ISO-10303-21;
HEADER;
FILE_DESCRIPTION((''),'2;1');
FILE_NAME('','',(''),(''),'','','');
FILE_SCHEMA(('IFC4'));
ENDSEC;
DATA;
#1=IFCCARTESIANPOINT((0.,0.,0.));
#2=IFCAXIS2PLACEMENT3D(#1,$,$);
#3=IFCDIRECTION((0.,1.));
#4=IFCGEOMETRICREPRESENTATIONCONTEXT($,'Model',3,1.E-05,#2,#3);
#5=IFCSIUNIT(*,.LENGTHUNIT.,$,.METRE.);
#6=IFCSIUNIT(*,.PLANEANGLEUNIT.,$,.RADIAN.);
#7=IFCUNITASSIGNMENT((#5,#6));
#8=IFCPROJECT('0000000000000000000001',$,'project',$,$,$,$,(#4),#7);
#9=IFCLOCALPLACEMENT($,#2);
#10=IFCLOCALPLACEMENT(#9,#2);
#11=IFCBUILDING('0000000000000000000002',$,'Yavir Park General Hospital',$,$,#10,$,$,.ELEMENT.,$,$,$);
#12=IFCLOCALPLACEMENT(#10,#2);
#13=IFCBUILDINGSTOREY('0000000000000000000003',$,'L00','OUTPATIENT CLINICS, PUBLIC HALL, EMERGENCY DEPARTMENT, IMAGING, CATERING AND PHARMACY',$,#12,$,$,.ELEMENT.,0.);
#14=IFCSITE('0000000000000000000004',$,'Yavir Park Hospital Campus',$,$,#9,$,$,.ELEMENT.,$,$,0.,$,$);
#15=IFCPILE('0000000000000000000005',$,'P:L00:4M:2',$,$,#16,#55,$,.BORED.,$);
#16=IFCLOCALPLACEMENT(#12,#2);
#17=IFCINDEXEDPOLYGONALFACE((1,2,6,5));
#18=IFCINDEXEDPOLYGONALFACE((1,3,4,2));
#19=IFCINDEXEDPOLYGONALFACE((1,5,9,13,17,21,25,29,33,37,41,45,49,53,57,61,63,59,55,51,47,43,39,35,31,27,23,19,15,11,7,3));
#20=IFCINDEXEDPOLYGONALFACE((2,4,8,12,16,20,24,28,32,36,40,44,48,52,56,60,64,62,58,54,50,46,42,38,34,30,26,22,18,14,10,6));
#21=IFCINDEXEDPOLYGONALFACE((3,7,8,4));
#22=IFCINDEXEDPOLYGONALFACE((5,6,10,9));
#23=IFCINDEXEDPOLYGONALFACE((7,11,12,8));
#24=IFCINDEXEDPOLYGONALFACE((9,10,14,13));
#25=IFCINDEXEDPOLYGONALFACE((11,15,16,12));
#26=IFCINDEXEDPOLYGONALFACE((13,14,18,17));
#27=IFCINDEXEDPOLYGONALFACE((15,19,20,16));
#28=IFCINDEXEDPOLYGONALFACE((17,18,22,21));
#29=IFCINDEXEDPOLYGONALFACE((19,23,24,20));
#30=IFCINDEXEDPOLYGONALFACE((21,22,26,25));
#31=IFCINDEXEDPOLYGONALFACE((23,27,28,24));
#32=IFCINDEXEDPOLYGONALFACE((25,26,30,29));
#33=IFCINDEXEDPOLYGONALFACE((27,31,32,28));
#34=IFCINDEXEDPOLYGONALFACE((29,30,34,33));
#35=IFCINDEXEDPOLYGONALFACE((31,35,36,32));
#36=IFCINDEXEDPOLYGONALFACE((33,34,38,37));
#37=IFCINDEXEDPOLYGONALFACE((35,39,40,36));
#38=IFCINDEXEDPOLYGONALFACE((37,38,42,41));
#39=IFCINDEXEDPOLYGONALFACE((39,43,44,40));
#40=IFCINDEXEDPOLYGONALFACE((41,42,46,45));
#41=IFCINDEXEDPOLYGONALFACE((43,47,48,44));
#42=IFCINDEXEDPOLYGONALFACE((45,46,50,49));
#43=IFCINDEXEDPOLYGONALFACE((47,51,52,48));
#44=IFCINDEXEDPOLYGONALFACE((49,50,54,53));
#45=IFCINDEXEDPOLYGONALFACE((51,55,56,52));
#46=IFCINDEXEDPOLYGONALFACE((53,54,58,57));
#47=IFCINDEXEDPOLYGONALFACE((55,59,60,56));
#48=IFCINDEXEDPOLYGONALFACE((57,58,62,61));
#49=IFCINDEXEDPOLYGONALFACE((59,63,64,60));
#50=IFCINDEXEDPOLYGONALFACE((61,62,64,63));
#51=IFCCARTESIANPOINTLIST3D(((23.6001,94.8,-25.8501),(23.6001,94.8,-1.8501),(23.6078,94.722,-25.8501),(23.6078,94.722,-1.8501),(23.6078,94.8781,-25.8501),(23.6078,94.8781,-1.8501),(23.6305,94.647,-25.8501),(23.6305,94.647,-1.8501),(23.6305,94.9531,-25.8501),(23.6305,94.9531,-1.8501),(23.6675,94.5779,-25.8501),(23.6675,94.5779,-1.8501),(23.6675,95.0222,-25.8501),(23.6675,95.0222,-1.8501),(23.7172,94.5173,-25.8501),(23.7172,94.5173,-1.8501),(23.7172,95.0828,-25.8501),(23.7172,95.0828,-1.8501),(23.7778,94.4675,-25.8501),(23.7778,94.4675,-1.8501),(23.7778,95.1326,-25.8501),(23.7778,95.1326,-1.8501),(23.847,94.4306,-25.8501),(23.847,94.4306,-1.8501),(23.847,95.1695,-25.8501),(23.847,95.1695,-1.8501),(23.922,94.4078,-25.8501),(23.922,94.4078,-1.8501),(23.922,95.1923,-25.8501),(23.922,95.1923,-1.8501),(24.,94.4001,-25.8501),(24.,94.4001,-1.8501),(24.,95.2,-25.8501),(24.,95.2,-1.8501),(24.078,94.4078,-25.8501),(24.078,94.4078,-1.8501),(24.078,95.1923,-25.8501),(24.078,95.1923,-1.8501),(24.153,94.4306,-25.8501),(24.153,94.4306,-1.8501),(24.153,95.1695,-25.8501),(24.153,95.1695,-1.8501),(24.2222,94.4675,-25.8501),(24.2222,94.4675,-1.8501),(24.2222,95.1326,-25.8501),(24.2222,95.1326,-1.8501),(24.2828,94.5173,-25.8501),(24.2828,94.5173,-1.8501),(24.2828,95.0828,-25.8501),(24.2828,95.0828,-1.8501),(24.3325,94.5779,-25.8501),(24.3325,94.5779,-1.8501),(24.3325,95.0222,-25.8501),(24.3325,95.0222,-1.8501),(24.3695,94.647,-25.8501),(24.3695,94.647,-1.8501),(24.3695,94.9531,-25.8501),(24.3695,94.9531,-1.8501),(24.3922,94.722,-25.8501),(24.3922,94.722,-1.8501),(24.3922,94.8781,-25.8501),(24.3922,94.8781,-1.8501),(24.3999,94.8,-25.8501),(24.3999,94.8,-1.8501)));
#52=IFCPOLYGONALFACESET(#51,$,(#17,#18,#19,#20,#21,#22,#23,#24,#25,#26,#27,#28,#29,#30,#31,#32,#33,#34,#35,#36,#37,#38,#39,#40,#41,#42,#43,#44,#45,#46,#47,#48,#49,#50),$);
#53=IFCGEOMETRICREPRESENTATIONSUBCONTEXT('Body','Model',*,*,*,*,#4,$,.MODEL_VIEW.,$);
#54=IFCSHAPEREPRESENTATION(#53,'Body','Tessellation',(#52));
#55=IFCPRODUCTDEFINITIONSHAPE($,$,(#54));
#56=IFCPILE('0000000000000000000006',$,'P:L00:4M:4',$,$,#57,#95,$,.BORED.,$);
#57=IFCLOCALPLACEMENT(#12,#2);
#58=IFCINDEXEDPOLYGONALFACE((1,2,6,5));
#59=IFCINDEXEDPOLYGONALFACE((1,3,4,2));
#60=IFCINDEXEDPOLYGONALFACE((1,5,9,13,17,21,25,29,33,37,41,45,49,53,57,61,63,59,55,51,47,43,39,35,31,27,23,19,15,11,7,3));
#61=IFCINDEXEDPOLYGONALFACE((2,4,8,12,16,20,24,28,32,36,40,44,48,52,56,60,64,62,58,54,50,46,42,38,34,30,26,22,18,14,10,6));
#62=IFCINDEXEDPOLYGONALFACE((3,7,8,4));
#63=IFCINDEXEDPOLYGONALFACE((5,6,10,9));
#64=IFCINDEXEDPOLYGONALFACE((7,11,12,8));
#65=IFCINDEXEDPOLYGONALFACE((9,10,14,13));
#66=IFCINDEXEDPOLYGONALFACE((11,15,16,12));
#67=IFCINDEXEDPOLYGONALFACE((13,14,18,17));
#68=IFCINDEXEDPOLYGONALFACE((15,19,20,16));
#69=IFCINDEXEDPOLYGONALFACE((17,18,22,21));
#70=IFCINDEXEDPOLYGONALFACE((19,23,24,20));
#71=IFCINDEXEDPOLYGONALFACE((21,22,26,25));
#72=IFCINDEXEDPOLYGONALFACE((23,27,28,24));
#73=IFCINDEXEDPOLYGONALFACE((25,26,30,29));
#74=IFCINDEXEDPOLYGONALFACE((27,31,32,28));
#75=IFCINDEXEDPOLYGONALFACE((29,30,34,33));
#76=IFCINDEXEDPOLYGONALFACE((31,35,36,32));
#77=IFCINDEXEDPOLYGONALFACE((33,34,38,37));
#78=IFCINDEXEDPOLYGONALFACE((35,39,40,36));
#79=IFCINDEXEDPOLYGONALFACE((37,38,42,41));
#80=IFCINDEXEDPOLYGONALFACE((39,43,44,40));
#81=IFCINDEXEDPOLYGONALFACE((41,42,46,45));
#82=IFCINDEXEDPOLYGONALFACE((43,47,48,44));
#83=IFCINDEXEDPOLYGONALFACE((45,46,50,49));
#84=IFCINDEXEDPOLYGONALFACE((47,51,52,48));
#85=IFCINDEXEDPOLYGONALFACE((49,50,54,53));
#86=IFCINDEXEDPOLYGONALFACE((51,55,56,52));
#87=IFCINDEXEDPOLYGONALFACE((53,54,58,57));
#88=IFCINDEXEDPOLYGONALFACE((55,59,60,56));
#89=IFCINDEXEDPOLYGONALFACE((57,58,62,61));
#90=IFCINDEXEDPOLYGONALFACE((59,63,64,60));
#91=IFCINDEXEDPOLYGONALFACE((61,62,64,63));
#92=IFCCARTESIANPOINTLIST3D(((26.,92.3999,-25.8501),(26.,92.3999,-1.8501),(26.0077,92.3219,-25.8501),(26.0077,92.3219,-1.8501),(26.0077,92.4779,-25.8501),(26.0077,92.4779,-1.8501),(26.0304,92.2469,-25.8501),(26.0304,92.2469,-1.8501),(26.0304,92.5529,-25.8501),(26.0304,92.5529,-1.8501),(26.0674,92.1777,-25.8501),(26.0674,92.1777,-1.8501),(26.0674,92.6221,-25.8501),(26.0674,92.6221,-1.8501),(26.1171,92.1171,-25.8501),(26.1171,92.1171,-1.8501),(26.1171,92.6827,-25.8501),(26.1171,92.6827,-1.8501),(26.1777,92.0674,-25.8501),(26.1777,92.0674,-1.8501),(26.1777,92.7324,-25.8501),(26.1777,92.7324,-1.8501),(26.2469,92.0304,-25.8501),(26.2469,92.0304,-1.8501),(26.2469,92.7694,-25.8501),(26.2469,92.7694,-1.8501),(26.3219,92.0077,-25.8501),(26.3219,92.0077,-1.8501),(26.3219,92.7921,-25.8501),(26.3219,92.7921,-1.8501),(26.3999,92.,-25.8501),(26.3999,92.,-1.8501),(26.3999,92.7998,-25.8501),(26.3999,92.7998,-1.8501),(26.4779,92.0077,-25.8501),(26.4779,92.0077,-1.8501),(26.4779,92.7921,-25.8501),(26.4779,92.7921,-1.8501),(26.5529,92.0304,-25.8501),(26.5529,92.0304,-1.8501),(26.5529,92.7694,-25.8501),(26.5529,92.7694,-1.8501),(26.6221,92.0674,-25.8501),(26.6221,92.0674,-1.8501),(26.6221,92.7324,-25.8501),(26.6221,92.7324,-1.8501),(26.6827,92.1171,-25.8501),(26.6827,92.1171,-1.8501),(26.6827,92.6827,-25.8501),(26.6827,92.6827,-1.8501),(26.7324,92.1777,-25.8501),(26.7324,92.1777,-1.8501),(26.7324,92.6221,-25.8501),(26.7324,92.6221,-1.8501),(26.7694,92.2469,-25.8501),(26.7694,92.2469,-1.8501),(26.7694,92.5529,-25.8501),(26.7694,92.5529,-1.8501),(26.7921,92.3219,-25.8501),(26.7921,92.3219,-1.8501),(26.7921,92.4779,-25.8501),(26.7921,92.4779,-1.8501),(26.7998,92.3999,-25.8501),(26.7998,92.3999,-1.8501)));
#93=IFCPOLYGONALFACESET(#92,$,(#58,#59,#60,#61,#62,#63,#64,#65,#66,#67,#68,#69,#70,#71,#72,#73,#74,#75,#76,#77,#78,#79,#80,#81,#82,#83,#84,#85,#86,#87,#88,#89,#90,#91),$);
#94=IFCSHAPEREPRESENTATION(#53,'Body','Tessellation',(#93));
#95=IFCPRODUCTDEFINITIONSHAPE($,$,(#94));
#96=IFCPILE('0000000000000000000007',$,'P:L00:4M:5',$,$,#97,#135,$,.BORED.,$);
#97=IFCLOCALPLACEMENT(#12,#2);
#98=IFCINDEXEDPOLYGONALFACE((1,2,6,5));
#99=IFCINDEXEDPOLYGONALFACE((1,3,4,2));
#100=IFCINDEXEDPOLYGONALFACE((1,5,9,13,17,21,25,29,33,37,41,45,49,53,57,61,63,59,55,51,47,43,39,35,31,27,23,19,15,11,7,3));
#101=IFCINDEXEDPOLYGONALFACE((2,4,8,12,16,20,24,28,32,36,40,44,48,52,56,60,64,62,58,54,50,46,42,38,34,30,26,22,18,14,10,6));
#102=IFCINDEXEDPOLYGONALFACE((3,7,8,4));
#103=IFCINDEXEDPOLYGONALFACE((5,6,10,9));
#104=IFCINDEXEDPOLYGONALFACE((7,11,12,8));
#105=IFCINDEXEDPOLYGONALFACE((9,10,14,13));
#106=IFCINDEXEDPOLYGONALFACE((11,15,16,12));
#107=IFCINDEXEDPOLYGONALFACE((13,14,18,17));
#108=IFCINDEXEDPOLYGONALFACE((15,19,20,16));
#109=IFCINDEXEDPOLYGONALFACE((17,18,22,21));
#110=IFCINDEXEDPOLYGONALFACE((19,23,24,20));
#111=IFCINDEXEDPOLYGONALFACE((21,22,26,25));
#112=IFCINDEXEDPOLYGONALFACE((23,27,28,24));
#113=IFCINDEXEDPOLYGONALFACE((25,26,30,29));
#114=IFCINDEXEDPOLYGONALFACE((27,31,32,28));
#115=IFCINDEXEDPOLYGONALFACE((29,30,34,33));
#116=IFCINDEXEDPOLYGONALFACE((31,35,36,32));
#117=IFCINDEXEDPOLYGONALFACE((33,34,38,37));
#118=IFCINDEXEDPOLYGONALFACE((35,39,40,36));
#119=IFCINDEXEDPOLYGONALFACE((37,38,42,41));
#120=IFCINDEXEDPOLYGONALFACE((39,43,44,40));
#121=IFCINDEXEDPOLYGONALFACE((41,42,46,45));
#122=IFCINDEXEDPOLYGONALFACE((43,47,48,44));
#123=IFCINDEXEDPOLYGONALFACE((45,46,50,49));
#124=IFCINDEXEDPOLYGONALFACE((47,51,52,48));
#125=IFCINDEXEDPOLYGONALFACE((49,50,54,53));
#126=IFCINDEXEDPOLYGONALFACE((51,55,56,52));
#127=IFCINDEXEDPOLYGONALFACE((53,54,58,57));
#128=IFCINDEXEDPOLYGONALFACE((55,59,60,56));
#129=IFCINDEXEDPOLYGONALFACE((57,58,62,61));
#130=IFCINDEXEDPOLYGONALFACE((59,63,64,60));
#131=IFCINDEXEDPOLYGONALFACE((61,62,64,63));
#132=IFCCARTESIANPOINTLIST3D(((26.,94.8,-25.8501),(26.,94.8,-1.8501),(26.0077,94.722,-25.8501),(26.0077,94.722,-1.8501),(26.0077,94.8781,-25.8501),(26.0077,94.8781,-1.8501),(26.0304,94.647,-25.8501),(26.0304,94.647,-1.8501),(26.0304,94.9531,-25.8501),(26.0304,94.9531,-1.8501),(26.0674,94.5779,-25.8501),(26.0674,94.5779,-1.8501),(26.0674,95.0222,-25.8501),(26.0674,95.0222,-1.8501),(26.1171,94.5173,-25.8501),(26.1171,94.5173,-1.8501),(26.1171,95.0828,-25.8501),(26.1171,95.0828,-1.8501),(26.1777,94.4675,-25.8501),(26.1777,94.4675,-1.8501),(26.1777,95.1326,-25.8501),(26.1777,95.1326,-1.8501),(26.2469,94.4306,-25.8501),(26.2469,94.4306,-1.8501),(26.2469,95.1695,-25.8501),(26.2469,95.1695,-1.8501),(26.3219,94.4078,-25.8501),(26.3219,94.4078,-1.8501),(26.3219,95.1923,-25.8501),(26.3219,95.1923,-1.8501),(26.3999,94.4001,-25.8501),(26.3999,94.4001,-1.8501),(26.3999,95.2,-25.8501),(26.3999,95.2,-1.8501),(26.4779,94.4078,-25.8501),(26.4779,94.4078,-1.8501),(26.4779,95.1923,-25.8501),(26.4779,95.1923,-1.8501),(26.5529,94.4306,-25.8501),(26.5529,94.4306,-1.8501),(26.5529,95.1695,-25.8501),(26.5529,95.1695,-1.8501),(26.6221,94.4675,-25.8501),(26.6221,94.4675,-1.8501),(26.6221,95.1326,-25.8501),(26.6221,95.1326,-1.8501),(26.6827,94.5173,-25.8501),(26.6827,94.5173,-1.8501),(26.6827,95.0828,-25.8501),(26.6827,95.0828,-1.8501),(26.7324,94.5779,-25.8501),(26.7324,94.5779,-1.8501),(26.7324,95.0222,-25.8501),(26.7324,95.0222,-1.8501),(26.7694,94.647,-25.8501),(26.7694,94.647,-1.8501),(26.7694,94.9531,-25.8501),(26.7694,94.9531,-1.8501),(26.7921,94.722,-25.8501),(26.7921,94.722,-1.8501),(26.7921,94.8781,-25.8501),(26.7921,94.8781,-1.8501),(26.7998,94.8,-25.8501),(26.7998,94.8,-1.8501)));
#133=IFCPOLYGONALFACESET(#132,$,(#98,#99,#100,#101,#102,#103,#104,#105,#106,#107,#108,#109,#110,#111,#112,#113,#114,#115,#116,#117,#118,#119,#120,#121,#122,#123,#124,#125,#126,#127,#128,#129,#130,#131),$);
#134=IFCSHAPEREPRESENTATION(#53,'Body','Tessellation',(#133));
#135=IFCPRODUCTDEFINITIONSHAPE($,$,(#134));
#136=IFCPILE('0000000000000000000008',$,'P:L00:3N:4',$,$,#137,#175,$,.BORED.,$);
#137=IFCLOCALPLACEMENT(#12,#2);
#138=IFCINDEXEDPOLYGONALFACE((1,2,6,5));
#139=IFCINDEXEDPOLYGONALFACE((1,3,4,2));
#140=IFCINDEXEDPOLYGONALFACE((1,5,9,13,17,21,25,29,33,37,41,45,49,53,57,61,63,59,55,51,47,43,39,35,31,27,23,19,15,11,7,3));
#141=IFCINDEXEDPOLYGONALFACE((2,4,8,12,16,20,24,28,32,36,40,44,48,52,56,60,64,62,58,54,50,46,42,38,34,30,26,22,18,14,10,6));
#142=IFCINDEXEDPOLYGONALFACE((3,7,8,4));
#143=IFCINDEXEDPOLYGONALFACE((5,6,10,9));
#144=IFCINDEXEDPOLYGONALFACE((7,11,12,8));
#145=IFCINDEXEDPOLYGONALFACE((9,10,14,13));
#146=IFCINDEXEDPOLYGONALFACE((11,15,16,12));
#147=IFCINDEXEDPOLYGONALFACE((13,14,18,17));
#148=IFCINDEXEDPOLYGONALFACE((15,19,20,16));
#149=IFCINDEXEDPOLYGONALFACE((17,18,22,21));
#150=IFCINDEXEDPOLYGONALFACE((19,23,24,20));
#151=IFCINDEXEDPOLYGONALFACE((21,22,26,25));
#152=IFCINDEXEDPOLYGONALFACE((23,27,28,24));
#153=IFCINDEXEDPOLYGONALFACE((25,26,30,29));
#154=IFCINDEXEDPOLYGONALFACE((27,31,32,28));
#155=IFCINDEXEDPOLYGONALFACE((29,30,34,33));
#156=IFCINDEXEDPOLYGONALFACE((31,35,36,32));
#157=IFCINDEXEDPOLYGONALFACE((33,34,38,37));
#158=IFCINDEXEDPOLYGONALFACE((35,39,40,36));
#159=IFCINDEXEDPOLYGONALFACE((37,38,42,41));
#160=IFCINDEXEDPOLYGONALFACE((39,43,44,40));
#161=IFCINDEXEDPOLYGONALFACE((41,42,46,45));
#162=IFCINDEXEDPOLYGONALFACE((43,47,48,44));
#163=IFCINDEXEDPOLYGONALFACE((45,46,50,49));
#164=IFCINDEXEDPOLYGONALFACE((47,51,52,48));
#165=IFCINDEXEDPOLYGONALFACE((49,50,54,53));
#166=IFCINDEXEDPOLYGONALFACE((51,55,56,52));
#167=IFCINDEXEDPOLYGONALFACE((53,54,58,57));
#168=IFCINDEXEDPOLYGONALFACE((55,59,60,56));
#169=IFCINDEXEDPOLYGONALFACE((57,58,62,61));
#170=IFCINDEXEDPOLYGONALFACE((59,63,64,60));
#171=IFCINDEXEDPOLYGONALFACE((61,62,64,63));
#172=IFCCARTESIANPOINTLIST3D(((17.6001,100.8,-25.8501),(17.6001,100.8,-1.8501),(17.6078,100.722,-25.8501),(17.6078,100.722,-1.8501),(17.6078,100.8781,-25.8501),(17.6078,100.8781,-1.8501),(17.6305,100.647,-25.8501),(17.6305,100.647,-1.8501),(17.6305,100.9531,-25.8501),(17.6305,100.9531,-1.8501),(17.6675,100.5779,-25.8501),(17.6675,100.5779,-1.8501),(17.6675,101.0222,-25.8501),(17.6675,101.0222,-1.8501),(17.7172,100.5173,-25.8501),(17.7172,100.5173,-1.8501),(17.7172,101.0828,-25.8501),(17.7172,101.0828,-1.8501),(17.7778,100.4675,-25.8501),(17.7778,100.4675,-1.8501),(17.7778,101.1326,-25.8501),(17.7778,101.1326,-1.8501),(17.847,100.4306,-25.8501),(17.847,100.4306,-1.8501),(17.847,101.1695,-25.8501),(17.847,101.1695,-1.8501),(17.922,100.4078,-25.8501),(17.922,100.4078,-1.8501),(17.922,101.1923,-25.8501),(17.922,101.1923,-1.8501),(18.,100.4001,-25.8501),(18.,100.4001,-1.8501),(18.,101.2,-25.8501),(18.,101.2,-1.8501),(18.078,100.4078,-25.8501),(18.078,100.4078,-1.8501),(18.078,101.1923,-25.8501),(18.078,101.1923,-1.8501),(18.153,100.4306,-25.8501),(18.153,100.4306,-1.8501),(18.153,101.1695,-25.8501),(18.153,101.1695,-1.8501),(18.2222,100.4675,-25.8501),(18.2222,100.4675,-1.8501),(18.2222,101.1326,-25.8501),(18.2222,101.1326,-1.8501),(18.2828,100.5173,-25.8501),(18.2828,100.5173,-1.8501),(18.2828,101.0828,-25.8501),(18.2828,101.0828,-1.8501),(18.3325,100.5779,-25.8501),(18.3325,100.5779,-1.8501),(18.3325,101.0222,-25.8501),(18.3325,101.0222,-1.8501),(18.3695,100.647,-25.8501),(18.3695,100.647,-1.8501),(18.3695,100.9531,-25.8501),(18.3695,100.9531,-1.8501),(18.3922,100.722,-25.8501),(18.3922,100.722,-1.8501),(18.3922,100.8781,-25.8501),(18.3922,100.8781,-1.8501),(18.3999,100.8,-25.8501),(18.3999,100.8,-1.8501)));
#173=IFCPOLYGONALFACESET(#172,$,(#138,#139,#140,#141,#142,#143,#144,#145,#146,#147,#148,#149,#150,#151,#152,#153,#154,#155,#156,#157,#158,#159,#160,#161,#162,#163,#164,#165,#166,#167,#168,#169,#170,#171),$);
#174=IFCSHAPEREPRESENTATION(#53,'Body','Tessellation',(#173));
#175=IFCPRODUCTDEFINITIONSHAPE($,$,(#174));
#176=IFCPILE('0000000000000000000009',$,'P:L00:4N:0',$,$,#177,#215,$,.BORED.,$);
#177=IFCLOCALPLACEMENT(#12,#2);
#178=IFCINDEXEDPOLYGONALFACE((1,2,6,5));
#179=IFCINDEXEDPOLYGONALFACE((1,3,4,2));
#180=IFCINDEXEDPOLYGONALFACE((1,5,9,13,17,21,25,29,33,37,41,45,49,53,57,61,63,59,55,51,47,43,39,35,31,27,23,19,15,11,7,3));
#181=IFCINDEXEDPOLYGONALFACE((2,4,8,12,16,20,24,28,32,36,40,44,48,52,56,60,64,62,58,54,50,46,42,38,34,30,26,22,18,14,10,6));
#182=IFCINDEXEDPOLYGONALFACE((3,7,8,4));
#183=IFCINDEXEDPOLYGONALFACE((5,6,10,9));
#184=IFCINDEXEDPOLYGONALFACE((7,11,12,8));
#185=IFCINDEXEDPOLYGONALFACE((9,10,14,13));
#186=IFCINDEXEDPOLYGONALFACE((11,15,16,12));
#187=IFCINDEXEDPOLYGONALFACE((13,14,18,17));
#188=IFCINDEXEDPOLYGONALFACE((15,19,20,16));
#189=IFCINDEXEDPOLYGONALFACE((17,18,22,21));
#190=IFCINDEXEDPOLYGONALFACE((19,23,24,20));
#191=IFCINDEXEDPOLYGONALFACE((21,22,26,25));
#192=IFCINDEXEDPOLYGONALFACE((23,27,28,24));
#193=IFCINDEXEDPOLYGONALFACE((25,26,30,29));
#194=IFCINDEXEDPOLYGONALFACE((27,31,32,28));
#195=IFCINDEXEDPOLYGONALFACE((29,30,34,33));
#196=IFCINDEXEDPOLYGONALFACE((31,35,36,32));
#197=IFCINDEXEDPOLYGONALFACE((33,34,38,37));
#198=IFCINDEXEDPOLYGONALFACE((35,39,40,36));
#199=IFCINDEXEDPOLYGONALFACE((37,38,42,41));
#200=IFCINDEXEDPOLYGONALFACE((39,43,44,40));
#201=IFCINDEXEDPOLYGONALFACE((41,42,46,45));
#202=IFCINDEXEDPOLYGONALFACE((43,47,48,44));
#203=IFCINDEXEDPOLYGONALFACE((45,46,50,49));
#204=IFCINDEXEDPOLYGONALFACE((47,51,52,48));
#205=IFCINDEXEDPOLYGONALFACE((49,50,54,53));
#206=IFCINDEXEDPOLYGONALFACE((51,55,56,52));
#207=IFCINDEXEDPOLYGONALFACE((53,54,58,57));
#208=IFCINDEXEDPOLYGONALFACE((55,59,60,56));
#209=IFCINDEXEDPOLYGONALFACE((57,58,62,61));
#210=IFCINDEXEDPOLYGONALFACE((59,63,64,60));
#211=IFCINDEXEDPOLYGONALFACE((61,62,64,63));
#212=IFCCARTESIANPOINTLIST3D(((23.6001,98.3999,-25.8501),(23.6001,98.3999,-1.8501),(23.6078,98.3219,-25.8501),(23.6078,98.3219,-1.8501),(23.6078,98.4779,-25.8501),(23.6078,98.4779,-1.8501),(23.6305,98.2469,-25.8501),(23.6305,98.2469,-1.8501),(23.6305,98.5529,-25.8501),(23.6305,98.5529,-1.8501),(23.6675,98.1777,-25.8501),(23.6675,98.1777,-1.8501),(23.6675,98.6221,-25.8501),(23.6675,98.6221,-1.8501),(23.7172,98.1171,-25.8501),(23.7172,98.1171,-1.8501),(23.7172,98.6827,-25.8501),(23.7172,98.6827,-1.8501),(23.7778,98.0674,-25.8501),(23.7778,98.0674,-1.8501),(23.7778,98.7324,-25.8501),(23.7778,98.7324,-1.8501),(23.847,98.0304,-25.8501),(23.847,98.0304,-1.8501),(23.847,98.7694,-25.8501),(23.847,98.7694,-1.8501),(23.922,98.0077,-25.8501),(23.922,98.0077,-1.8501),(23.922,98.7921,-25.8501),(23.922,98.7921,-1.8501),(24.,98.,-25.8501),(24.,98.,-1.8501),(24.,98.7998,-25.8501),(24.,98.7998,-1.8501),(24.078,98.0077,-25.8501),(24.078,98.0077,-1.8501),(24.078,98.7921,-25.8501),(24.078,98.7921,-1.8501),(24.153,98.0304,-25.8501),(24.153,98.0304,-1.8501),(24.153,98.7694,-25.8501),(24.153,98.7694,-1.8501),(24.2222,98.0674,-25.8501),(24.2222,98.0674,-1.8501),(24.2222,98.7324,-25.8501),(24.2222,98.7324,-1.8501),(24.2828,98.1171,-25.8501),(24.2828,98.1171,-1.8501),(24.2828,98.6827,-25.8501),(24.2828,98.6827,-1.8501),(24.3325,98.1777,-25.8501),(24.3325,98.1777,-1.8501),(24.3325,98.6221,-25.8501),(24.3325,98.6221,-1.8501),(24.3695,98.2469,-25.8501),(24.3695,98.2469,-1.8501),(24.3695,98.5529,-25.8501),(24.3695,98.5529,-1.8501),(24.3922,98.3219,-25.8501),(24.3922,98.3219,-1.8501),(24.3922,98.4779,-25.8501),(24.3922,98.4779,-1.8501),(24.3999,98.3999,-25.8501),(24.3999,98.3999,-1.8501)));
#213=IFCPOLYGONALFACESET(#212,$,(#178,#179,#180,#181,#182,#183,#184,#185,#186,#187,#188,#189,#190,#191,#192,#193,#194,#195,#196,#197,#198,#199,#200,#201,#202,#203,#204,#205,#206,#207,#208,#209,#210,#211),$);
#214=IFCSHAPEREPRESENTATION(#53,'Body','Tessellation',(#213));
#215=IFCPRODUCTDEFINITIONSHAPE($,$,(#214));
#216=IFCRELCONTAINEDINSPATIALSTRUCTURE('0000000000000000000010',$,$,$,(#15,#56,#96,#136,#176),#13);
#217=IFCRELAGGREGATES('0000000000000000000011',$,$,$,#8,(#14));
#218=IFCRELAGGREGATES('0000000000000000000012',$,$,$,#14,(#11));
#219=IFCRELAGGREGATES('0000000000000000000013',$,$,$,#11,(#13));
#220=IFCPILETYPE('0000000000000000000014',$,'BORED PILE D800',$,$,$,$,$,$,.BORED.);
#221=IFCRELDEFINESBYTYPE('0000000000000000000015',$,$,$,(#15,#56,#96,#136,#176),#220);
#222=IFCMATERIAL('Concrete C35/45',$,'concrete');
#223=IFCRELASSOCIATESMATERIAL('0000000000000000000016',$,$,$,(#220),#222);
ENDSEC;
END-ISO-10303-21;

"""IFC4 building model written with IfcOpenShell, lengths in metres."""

from ifc_helpers import new_model, si_unit, direction, frame, origin, origin_2d, place, context, subcontext, project, spatial, circle, extrude, material, material_profile, profile_set, type_object, element, save


model = new_model("IFC4")

# Units and contexts
model_context = context("Model", 3, precision=1e-05, world=origin(), true_north=direction((0.0, 1.0)))
body_context = subcontext(model_context, "Body", "Model", "MODEL_VIEW")
ifc_project = project(units=[si_unit("LENGTHUNIT", "METRE"), si_unit("PLANEANGLEUNIT", "RADIAN")], contexts=[model_context])

# Site, building, storey
site_placement = place(None, origin())
site = spatial("IfcSite", under=ifc_project, at=site_placement, Name="Yavir Park Hospital Campus", CompositionType="ELEMENT", RefElevation=0.0)
building_placement = place(site_placement, origin())
building = spatial("IfcBuilding", under=site, at=building_placement, Name="Yavir Park General Hospital", CompositionType="ELEMENT")
storey_placement = place(building_placement, origin())
storey = spatial("IfcBuildingStorey", under=building, at=storey_placement, Name="L00", Description="OUTPATIENT CLINICS, PUBLIC HALL, EMERGENCY DEPARTMENT, IMAGING, CATERING AND PHARMACY", CompositionType="ELEMENT", Elevation=0.0)

# Piles
ifc_material_1 = material(Name="Concrete C35/45", Category="concrete")
ifc_material_profile_1 = material_profile(ifc_material_1, circle(Radius=0.3999, at=origin_2d()), Name="D800")
ifc_profile_set_1 = profile_set([ifc_material_profile_1], Name="Concrete C35/45")
pile_type = type_object("IfcPileType", Name="BORED PILE D800", PredefinedType="BORED", material=ifc_profile_set_1)
for number, where, z_axis, x_axis, name in (
    (1, (24.0, 94.8, -1.8501), (0.0, 0.0, -1.0), (1.0, 0.0, 0.0), "P:L00:4M:2"),
    (2, (26.3999, 92.3999, -1.8501), (0.0, 0.0, -1.0), (1.0, 0.0, 0.0), "P:L00:4M:4"),
    (3, (26.3999, 94.8, -1.8501), (0.0, 0.0, -1.0), (1.0, 0.0, 0.0), "P:L00:4M:5"),
    (4, (18.0, 100.8, -1.8501), (0.0, 0.0, -1.0), (1.0, 0.0, 0.0), "P:L00:3N:4"),
    (5, (24.0, 98.3999, -1.8501), (0.0, 0.0, -1.0), (1.0, 0.0, 0.0), "P:L00:4N:0"),
):
    element("IfcPile", number, at=place(storey_placement, frame(where, z_axis=z_axis, x_axis=x_axis)), inside=storey, type_object=pile_type, Name=name, PredefinedType="BORED", context=body_context, shape_type="SweptSolid", body=[
        extrude(circle(Radius=0.3999, at=origin_2d()), origin(), (0.0, 0.0, 1.0), 24.0),
    ])

save(model, "model.ifc")
